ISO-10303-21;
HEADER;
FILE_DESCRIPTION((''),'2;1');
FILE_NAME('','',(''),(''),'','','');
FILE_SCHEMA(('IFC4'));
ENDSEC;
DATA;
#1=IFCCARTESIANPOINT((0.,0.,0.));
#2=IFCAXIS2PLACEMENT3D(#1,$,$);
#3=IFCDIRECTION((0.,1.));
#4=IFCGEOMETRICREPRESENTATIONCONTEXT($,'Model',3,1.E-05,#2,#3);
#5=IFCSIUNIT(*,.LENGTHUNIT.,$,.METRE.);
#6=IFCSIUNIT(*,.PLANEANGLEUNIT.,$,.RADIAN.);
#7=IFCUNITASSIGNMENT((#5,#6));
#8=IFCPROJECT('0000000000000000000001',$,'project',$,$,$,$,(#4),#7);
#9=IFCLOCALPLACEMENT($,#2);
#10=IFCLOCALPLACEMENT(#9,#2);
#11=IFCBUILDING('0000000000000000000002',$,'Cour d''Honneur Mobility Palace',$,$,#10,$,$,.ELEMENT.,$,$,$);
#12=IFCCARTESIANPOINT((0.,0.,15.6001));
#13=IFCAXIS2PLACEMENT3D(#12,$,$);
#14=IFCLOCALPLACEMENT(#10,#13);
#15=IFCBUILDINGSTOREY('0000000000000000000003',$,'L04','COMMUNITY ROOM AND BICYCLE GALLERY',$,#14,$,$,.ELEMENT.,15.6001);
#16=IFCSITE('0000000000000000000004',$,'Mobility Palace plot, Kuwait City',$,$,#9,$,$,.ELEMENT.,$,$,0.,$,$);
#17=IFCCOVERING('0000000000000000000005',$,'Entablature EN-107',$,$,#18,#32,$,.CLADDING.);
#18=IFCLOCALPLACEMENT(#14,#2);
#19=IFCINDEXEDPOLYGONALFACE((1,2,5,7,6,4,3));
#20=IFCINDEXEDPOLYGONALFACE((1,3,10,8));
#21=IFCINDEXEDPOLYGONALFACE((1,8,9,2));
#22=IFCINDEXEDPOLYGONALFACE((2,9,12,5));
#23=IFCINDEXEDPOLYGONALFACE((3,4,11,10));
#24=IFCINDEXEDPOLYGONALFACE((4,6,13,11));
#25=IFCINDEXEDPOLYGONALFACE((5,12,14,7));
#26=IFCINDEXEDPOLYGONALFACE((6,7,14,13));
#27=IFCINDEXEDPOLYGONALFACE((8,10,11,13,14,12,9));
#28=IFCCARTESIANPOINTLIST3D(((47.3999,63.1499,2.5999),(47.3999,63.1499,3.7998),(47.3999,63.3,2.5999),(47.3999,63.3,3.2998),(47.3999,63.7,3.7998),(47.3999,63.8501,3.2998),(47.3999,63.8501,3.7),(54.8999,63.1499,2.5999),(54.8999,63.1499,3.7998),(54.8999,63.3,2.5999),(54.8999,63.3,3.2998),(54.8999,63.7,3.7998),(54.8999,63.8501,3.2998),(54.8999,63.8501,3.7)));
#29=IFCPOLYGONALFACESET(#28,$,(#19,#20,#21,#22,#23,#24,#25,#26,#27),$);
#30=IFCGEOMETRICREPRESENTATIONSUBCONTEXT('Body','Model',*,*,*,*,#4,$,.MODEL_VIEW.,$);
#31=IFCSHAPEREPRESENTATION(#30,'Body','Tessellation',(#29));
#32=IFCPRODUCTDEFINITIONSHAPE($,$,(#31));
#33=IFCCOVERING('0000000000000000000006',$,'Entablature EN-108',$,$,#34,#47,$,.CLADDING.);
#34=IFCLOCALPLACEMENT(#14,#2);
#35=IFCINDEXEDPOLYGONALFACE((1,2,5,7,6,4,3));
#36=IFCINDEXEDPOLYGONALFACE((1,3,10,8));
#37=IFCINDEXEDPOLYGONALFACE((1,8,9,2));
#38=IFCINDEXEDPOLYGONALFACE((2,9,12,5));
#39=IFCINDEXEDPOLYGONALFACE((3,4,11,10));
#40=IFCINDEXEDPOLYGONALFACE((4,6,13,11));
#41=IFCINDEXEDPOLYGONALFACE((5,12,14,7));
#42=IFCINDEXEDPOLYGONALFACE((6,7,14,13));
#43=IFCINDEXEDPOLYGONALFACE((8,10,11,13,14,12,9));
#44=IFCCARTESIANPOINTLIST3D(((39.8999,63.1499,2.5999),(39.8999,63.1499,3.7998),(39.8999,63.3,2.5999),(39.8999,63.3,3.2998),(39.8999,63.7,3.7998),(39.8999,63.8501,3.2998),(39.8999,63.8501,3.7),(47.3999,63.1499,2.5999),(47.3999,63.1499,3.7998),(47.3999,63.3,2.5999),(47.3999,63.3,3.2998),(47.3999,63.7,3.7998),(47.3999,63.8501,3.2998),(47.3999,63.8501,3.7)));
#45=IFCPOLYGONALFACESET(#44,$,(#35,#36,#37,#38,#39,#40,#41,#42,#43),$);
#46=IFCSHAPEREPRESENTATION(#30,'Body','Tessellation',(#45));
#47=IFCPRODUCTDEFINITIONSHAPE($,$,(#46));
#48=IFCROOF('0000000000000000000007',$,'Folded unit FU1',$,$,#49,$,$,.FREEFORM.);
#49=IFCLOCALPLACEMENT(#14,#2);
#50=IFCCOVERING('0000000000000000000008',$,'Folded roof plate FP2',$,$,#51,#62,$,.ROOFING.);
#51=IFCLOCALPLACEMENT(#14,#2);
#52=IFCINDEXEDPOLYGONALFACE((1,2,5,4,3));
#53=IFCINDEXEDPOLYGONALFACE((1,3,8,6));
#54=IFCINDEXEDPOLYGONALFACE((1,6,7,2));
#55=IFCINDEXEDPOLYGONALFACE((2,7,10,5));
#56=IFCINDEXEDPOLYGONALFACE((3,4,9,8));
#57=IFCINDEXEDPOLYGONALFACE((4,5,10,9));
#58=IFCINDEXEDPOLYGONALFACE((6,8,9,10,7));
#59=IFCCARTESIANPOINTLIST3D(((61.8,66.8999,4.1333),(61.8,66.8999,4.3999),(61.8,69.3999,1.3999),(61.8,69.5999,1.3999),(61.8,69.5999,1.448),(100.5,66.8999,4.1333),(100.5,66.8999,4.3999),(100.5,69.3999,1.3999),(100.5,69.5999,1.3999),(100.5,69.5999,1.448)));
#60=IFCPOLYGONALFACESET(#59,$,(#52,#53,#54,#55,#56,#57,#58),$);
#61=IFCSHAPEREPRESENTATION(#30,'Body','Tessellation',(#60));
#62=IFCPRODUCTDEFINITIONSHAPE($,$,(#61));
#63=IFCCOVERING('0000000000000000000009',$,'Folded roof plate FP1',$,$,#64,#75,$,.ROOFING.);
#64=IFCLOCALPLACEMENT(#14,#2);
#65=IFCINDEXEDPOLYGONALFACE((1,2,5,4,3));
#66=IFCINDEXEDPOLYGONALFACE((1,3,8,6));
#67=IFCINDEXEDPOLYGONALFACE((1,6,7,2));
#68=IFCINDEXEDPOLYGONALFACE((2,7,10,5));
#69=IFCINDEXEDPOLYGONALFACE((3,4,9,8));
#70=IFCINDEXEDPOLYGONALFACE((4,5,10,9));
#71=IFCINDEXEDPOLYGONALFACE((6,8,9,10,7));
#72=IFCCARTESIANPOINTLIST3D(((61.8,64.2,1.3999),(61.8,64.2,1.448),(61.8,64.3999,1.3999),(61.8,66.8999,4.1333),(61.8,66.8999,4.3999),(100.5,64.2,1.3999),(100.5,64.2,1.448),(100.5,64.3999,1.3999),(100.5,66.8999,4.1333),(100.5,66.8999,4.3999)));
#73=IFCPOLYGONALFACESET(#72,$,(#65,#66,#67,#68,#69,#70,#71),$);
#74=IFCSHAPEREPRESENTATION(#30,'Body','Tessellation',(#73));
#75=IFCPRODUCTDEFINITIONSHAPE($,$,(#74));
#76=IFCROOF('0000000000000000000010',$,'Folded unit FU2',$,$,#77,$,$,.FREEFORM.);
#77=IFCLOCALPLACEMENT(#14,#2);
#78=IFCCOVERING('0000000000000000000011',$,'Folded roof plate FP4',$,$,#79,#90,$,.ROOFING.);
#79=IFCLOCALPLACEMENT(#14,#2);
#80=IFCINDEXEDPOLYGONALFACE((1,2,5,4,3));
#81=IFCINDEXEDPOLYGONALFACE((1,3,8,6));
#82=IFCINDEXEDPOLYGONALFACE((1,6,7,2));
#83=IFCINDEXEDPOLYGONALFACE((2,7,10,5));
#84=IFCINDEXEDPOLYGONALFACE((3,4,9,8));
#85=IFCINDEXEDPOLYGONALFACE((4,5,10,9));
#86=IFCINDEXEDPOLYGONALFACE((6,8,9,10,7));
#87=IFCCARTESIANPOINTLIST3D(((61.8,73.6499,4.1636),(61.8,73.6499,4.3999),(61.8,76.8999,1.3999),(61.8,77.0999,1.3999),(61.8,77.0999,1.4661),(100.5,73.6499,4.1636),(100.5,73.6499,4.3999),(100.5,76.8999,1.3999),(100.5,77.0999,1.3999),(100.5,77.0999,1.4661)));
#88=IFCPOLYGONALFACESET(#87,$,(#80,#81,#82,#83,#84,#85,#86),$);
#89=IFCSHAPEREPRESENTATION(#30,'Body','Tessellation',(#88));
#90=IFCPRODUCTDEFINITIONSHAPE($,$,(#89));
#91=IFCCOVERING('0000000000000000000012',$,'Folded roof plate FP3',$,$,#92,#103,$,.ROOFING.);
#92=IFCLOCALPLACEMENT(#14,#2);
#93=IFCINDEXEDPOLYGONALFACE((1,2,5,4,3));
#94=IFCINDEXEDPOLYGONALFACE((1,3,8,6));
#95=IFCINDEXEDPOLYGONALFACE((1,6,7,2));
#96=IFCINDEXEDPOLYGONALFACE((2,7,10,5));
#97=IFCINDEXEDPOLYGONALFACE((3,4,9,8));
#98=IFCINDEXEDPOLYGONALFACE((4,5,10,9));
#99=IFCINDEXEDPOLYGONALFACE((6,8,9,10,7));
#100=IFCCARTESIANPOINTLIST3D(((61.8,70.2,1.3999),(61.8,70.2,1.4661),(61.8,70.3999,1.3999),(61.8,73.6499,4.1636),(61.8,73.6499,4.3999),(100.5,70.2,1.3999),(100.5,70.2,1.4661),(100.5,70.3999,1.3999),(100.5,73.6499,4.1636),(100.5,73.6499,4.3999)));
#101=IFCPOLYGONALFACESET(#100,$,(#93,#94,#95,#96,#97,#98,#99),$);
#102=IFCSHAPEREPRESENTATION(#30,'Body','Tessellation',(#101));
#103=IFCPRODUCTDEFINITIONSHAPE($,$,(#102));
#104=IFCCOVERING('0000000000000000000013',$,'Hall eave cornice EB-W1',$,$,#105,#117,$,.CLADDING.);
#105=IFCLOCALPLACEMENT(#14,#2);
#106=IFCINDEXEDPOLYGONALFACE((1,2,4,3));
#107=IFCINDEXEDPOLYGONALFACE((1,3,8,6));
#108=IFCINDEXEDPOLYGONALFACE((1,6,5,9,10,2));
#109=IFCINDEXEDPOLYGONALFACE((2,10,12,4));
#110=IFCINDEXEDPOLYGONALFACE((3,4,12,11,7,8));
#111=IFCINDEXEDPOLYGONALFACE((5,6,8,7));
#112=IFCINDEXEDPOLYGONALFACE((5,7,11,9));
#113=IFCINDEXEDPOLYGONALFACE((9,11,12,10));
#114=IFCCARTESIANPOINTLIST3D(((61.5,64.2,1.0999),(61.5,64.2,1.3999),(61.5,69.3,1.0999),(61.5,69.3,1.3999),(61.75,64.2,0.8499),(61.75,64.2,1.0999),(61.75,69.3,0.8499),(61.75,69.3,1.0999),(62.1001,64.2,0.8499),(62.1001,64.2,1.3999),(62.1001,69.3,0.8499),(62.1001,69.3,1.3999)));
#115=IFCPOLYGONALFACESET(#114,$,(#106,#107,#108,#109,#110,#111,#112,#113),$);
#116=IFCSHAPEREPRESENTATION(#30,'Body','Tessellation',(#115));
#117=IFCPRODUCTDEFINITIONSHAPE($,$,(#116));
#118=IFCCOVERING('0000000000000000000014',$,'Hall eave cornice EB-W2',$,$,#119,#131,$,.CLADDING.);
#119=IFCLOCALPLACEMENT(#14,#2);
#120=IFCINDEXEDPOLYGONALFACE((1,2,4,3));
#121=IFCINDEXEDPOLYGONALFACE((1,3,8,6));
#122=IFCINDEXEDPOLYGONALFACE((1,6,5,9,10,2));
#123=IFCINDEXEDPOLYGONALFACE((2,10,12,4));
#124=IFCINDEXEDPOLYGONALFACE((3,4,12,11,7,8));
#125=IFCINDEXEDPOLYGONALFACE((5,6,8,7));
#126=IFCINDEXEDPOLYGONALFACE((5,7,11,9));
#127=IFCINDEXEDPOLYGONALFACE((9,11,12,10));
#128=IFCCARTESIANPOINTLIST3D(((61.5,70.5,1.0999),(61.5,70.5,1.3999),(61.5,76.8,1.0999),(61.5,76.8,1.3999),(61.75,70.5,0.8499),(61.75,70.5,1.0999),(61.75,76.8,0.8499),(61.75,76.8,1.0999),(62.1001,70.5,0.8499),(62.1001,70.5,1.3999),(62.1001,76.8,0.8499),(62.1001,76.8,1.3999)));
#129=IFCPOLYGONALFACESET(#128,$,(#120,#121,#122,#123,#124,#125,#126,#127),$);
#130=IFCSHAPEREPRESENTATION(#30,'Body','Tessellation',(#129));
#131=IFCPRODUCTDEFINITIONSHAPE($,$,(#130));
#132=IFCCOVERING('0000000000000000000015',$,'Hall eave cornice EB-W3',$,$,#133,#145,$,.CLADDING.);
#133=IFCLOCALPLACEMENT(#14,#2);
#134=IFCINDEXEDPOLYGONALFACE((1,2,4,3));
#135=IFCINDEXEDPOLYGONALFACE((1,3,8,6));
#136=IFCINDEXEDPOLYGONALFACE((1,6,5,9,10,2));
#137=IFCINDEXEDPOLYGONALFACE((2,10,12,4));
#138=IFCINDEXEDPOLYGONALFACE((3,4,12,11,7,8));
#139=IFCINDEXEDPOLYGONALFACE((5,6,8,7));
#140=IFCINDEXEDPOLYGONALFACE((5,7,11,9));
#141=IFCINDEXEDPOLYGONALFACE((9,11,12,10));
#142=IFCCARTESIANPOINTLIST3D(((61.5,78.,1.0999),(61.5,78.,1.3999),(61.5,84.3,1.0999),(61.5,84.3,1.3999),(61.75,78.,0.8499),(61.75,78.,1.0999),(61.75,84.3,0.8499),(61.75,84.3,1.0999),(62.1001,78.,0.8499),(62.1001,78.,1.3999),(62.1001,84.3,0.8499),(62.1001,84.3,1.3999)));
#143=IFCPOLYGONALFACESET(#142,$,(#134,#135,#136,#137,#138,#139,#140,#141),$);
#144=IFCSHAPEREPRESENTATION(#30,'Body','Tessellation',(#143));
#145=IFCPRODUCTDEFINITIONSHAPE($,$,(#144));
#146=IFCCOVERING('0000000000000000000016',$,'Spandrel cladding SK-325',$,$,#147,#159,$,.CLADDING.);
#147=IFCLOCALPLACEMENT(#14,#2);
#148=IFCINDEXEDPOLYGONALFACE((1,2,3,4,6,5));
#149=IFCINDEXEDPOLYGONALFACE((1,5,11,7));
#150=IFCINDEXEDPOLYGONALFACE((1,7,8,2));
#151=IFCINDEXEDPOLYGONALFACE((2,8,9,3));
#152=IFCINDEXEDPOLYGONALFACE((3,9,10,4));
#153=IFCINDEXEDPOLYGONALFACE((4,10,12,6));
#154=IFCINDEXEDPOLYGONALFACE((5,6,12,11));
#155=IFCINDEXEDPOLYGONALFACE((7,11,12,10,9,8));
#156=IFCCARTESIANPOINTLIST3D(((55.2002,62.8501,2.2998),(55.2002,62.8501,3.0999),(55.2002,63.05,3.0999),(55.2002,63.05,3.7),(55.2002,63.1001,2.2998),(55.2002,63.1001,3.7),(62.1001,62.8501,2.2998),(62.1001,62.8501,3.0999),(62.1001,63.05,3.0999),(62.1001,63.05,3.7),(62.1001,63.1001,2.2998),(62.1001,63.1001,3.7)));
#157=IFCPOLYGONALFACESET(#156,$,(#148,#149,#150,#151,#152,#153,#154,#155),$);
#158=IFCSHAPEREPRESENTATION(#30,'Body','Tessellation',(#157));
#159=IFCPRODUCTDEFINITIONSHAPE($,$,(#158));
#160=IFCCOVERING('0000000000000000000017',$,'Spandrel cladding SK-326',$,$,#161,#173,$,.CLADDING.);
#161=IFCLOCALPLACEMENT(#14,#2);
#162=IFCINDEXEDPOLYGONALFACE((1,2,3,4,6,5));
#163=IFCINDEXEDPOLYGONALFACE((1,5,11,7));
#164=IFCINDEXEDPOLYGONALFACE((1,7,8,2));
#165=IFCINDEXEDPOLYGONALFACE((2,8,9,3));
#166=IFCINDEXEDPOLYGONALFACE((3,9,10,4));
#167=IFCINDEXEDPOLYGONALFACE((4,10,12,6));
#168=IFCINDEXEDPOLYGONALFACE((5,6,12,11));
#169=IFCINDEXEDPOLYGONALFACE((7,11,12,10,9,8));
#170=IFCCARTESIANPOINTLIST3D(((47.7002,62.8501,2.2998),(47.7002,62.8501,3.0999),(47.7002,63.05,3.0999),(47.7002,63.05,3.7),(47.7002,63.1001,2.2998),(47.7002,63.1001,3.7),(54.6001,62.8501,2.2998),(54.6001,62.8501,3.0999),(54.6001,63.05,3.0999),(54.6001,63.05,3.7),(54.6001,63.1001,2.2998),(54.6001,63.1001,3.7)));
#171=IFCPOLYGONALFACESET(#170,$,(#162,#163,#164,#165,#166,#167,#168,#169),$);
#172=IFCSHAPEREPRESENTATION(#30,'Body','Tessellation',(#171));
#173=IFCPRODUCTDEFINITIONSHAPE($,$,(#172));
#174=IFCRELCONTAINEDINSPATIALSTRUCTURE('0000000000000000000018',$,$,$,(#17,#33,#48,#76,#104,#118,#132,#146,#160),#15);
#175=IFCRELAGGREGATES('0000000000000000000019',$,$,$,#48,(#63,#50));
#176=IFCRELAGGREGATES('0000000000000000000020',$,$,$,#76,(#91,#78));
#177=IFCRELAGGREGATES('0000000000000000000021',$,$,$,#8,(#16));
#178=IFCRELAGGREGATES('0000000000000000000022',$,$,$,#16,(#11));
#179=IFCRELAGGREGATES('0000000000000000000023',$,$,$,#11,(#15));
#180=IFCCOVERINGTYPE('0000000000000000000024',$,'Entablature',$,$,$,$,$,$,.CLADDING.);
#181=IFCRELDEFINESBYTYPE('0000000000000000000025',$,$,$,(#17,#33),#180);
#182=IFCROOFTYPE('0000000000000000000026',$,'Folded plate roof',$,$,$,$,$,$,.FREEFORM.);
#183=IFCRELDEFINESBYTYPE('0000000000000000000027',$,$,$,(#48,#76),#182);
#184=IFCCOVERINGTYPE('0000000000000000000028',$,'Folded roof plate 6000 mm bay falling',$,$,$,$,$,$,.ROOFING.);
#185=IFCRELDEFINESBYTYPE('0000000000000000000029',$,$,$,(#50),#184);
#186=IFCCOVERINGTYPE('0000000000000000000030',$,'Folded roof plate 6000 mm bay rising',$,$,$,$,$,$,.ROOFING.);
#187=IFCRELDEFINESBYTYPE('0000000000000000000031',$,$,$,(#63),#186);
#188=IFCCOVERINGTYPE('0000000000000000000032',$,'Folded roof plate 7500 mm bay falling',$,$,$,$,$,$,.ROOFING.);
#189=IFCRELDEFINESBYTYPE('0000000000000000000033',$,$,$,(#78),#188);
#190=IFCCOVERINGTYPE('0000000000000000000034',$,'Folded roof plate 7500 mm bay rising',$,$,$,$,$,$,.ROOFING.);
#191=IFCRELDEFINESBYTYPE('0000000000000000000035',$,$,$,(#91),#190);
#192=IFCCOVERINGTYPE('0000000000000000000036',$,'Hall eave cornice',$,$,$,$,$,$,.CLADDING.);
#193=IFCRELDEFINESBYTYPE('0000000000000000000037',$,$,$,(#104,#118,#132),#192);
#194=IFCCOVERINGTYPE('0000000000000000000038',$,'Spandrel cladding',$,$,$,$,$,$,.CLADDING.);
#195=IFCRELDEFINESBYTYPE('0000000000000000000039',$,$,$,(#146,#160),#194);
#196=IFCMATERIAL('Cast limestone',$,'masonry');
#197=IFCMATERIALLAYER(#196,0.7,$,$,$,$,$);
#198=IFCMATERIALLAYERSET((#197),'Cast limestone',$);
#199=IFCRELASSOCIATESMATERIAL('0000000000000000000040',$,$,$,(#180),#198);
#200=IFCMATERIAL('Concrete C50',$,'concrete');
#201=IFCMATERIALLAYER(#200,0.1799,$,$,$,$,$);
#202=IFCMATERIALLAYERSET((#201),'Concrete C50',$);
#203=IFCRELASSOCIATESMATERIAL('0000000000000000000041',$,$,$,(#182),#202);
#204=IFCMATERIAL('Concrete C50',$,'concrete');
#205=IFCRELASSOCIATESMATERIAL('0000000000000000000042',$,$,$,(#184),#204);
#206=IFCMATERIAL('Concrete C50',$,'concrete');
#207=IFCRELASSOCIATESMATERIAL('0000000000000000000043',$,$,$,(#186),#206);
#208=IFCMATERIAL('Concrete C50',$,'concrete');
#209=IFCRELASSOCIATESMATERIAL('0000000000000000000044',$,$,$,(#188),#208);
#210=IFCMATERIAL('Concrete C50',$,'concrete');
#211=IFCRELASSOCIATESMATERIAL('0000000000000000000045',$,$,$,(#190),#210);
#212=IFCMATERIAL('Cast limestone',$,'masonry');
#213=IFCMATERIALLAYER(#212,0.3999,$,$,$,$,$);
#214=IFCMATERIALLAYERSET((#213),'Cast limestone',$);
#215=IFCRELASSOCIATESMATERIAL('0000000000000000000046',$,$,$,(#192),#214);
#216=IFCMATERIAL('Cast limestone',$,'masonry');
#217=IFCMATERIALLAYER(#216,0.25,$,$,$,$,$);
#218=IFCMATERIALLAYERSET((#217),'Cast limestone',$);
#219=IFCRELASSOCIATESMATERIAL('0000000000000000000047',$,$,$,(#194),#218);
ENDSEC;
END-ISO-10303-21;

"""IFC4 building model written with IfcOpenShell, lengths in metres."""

from ifc_helpers import new_model, si_unit, direction, frame, origin, place, context, subcontext, project, spatial, polyline, outline, extrude, material, layer, layer_set, material_profile, profile_set, type_object, element, aggregate, save


model = new_model("IFC4")

# Units and contexts
model_context = context("Model", 3, precision=1e-05, world=origin(), true_north=direction((0.0, 1.0)))
body_context = subcontext(model_context, "Body", "Model", "MODEL_VIEW")
ifc_project = project(units=[si_unit("LENGTHUNIT", "METRE"), si_unit("PLANEANGLEUNIT", "RADIAN")], contexts=[model_context])

# Site, building, storey
site_placement = place(None, origin())
site = spatial("IfcSite", under=ifc_project, at=site_placement, Name="Mobility Palace plot, Kuwait City", CompositionType="ELEMENT", RefElevation=0.0)
building_placement = place(site_placement, origin())
building = spatial("IfcBuilding", under=site, at=building_placement, Name="Cour d'Honneur Mobility Palace", CompositionType="ELEMENT")
storey_placement = place(building_placement, frame((0.0, 0.0, 15.6001)))
storey = spatial("IfcBuildingStorey", under=building, at=storey_placement, Name="L04", Description="COMMUNITY ROOM AND BICYCLE GALLERY", CompositionType="ELEMENT", Elevation=15.6001)

# Coverings
ifc_material_1 = material(Name="Cast limestone", Category="masonry")
ifc_layer_1 = layer(ifc_material_1, 0.7)
ifc_layer_set_1 = layer_set([ifc_layer_1], Name="Cast limestone")
covering_type_1 = type_object("IfcCoveringType", Name="Entablature", PredefinedType="CLADDING", material=ifc_layer_set_1)
for number, where, z_axis, x_axis, name in (
    (1, (54.8999, 63.1499, 2.5999), (1.0, 0.0, 0.0), (0.0, 1.0, 0.0), "Entablature EN-107"),
    (2, (47.3999, 63.1499, 2.5999), (1.0, 0.0, 0.0), (0.0, 1.0, 0.0), "Entablature EN-108"),
):
    element("IfcCovering", number, at=place(storey_placement, frame(where, z_axis=z_axis, x_axis=x_axis)), inside=storey, type_object=covering_type_1, Name=name, PredefinedType="CLADDING", context=body_context, shape_type="SweptSolid", body=[
        extrude(outline(polyline([(0.0, 0.0), (0.1501, 0.0), (0.1501, 0.7), (0.7002, 0.7), (0.7002, 1.1001), (0.55, 1.2), (0.0, 1.2), (0.0, 0.0)])), origin(), (0.0, 0.0, -1.0), 7.5),
    ])

# Roofs, coverings
ifc_material_2 = material(Name="Concrete C50", Category="concrete")
ifc_layer_2 = layer(ifc_material_2, 0.1799)
ifc_layer_set_2 = layer_set([ifc_layer_2], Name="Concrete C50")
roof_type = type_object("IfcRoofType", Name="Folded plate roof", PredefinedType="FREEFORM", material=ifc_layer_set_2)
roof_1_placement = place(storey_placement, origin())
roof_1 = element("IfcRoof", 3, at=roof_1_placement, inside=storey, type_object=roof_type, Name="Folded unit FU1", PredefinedType="FREEFORM")
ifc_material_3 = material(Name="Concrete C50", Category="concrete")
ifc_material_profile_1 = material_profile(ifc_material_3, outline(polyline([(2.7, 0.0), (2.5, 0.0), (0.0, 2.7334), (0.0, 3.0), (2.7, 0.0481), (2.7, 0.0)])), Name="Folded roof plate 6000 mm bay falling")
ifc_profile_set_1 = profile_set([ifc_material_profile_1], Name="Concrete C50")
covering_type_2 = type_object("IfcCoveringType", Name="Folded roof plate 6000 mm bay falling", PredefinedType="ROOFING", material=ifc_profile_set_1)
covering_1_placement = place(storey_placement, frame((61.8, 66.8999, 1.3999), z_axis=(1.0, 0.0, 0.0), x_axis=(0.0, 1.0, 0.0)))
covering_1 = element("IfcCovering", 4, at=covering_1_placement, type_object=covering_type_2, Name="Folded roof plate FP2", PredefinedType="ROOFING", context=body_context, shape_type="SweptSolid", body=[
    extrude(outline(polyline([(2.7, 0.0), (2.5, 0.0), (0.0, 2.7334), (0.0, 3.0), (2.7, 0.0481), (2.7, 0.0)])), origin(), (0.0, 0.0, 1.0), 38.7),
])
ifc_material_4 = material(Name="Concrete C50", Category="concrete")
ifc_material_profile_2 = material_profile(ifc_material_4, outline(polyline([(-2.7, 0.0481), (0.0, 3.0), (0.0, 2.7334), (-2.5, 0.0), (-2.7, 0.0), (-2.7, 0.0481)])), Name="Folded roof plate 6000 mm bay rising")
ifc_profile_set_2 = profile_set([ifc_material_profile_2], Name="Concrete C50")
covering_type_3 = type_object("IfcCoveringType", Name="Folded roof plate 6000 mm bay rising", PredefinedType="ROOFING", material=ifc_profile_set_2)
covering_2_placement = place(storey_placement, frame((61.8, 66.8999, 1.3999), z_axis=(1.0, 0.0, 0.0), x_axis=(0.0, 1.0, 0.0)))
covering_2 = element("IfcCovering", 5, at=covering_2_placement, type_object=covering_type_3, Name="Folded roof plate FP1", PredefinedType="ROOFING", context=body_context, shape_type="SweptSolid", body=[
    extrude(outline(polyline([(-2.7, 0.0481), (0.0, 3.0), (0.0, 2.7334), (-2.5, 0.0), (-2.7, 0.0), (-2.7, 0.0481)])), origin(), (0.0, 0.0, 1.0), 38.7),
])
aggregate(roof_1, [covering_2, covering_1])
roof_2_placement = place(storey_placement, origin())
roof_2 = element("IfcRoof", 6, at=roof_2_placement, inside=storey, type_object=roof_type, Name="Folded unit FU2", PredefinedType="FREEFORM")
ifc_material_5 = material(Name="Concrete C50", Category="concrete")
ifc_material_profile_3 = material_profile(ifc_material_5, outline(polyline([(3.45, 0.0), (3.25, 0.0), (0.0, 2.7637), (0.0, 3.0), (3.45, 0.0662), (3.45, 0.0)])), Name="Folded roof plate 7500 mm bay falling")
ifc_profile_set_3 = profile_set([ifc_material_profile_3], Name="Concrete C50")
covering_type_4 = type_object("IfcCoveringType", Name="Folded roof plate 7500 mm bay falling", PredefinedType="ROOFING", material=ifc_profile_set_3)
covering_3_placement = place(storey_placement, frame((61.8, 73.6499, 1.3999), z_axis=(1.0, 0.0, 0.0), x_axis=(0.0, 1.0, 0.0)))
covering_3 = element("IfcCovering", 7, at=covering_3_placement, type_object=covering_type_4, Name="Folded roof plate FP4", PredefinedType="ROOFING", context=body_context, shape_type="SweptSolid", body=[
    extrude(outline(polyline([(3.45, 0.0), (3.25, 0.0), (0.0, 2.7637), (0.0, 3.0), (3.45, 0.0662), (3.45, 0.0)])), origin(), (0.0, 0.0, 1.0), 38.7),
])
ifc_material_6 = material(Name="Concrete C50", Category="concrete")
ifc_material_profile_4 = material_profile(ifc_material_6, outline(polyline([(-3.45, 0.0662), (0.0, 3.0), (0.0, 2.7637), (-3.25, 0.0), (-3.45, 0.0), (-3.45, 0.0662)])), Name="Folded roof plate 7500 mm bay rising")
ifc_profile_set_4 = profile_set([ifc_material_profile_4], Name="Concrete C50")
covering_type_5 = type_object("IfcCoveringType", Name="Folded roof plate 7500 mm bay rising", PredefinedType="ROOFING", material=ifc_profile_set_4)
covering_4_placement = place(storey_placement, frame((61.8, 73.6499, 1.3999), z_axis=(1.0, 0.0, 0.0), x_axis=(0.0, 1.0, 0.0)))
covering_4 = element("IfcCovering", 8, at=covering_4_placement, type_object=covering_type_5, Name="Folded roof plate FP3", PredefinedType="ROOFING", context=body_context, shape_type="SweptSolid", body=[
    extrude(outline(polyline([(-3.45, 0.0662), (0.0, 3.0), (0.0, 2.7637), (-3.25, 0.0), (-3.45, 0.0), (-3.45, 0.0662)])), origin(), (0.0, 0.0, 1.0), 38.7),
])
aggregate(roof_2, [covering_4, covering_3])

# Coverings
ifc_material_7 = material(Name="Cast limestone", Category="masonry")
ifc_layer_3 = layer(ifc_material_7, 0.3999)
ifc_layer_set_3 = layer_set([ifc_layer_3], Name="Cast limestone")
covering_type_6 = type_object("IfcCoveringType", Name="Hall eave cornice", PredefinedType="CLADDING", material=ifc_layer_set_3)
covering_5_placement = place(storey_placement, frame((62.1001, 64.2, 1.3999), z_axis=(0.0, -1.0, 0.0), x_axis=(-1.0, 0.0, 0.0)))
element("IfcCovering", 9, at=covering_5_placement, inside=storey, type_object=covering_type_6, Name="Hall eave cornice EB-W1", PredefinedType="CLADDING", context=body_context, shape_type="SweptSolid", body=[
    extrude(outline(polyline([(0.0, 0.0), (0.6001, 0.0), (0.6001, 0.3), (0.3501, 0.3), (0.3501, 0.55), (0.0, 0.55), (0.0, 0.0)])), origin(), (0.0, 0.0, -1.0), 5.1001),
])
for number, where, z_axis, x_axis, name in (
    (10, (62.1001, 70.5, 1.3999), (0.0, -1.0, 0.0), (-1.0, 0.0, 0.0), "Hall eave cornice EB-W2"),
    (11, (62.1001, 78.0, 1.3999), (0.0, -1.0, 0.0), (-1.0, 0.0, 0.0), "Hall eave cornice EB-W3"),
):
    element("IfcCovering", number, at=place(storey_placement, frame(where, z_axis=z_axis, x_axis=x_axis)), inside=storey, type_object=covering_type_6, Name=name, PredefinedType="CLADDING", context=body_context, shape_type="SweptSolid", body=[
        extrude(outline(polyline([(0.0, 0.0), (0.6001, 0.0), (0.6001, 0.3), (0.3501, 0.3), (0.3501, 0.55), (0.0, 0.55), (0.0, 0.0)])), origin(), (0.0, 0.0, -1.0), 6.3),
    ])
ifc_material_8 = material(Name="Cast limestone", Category="masonry")
ifc_layer_4 = layer(ifc_material_8, 0.25)
ifc_layer_set_4 = layer_set([ifc_layer_4], Name="Cast limestone")
covering_type_7 = type_object("IfcCoveringType", Name="Spandrel cladding", PredefinedType="CLADDING", material=ifc_layer_set_4)
for number, where, z_axis, x_axis, name in (
    (12, (62.1001, 62.8501, 2.2998), (1.0, 0.0, 0.0), (0.0, 1.0, 0.0), "Spandrel cladding SK-325"),
    (13, (54.6001, 62.8501, 2.2998), (1.0, 0.0, 0.0), (0.0, 1.0, 0.0), "Spandrel cladding SK-326"),
):
    element("IfcCovering", number, at=place(storey_placement, frame(where, z_axis=z_axis, x_axis=x_axis)), inside=storey, type_object=covering_type_7, Name=name, PredefinedType="CLADDING", context=body_context, shape_type="SweptSolid", body=[
        extrude(outline(polyline([(0.0, 0.0), (0.25, 0.0), (0.25, 1.4001), (0.2, 1.4001), (0.2, 0.8), (0.0, 0.8), (0.0, 0.0)])), origin(), (0.0, 0.0, -1.0), 6.8999),
    ])

save(model, "model.ifc")
